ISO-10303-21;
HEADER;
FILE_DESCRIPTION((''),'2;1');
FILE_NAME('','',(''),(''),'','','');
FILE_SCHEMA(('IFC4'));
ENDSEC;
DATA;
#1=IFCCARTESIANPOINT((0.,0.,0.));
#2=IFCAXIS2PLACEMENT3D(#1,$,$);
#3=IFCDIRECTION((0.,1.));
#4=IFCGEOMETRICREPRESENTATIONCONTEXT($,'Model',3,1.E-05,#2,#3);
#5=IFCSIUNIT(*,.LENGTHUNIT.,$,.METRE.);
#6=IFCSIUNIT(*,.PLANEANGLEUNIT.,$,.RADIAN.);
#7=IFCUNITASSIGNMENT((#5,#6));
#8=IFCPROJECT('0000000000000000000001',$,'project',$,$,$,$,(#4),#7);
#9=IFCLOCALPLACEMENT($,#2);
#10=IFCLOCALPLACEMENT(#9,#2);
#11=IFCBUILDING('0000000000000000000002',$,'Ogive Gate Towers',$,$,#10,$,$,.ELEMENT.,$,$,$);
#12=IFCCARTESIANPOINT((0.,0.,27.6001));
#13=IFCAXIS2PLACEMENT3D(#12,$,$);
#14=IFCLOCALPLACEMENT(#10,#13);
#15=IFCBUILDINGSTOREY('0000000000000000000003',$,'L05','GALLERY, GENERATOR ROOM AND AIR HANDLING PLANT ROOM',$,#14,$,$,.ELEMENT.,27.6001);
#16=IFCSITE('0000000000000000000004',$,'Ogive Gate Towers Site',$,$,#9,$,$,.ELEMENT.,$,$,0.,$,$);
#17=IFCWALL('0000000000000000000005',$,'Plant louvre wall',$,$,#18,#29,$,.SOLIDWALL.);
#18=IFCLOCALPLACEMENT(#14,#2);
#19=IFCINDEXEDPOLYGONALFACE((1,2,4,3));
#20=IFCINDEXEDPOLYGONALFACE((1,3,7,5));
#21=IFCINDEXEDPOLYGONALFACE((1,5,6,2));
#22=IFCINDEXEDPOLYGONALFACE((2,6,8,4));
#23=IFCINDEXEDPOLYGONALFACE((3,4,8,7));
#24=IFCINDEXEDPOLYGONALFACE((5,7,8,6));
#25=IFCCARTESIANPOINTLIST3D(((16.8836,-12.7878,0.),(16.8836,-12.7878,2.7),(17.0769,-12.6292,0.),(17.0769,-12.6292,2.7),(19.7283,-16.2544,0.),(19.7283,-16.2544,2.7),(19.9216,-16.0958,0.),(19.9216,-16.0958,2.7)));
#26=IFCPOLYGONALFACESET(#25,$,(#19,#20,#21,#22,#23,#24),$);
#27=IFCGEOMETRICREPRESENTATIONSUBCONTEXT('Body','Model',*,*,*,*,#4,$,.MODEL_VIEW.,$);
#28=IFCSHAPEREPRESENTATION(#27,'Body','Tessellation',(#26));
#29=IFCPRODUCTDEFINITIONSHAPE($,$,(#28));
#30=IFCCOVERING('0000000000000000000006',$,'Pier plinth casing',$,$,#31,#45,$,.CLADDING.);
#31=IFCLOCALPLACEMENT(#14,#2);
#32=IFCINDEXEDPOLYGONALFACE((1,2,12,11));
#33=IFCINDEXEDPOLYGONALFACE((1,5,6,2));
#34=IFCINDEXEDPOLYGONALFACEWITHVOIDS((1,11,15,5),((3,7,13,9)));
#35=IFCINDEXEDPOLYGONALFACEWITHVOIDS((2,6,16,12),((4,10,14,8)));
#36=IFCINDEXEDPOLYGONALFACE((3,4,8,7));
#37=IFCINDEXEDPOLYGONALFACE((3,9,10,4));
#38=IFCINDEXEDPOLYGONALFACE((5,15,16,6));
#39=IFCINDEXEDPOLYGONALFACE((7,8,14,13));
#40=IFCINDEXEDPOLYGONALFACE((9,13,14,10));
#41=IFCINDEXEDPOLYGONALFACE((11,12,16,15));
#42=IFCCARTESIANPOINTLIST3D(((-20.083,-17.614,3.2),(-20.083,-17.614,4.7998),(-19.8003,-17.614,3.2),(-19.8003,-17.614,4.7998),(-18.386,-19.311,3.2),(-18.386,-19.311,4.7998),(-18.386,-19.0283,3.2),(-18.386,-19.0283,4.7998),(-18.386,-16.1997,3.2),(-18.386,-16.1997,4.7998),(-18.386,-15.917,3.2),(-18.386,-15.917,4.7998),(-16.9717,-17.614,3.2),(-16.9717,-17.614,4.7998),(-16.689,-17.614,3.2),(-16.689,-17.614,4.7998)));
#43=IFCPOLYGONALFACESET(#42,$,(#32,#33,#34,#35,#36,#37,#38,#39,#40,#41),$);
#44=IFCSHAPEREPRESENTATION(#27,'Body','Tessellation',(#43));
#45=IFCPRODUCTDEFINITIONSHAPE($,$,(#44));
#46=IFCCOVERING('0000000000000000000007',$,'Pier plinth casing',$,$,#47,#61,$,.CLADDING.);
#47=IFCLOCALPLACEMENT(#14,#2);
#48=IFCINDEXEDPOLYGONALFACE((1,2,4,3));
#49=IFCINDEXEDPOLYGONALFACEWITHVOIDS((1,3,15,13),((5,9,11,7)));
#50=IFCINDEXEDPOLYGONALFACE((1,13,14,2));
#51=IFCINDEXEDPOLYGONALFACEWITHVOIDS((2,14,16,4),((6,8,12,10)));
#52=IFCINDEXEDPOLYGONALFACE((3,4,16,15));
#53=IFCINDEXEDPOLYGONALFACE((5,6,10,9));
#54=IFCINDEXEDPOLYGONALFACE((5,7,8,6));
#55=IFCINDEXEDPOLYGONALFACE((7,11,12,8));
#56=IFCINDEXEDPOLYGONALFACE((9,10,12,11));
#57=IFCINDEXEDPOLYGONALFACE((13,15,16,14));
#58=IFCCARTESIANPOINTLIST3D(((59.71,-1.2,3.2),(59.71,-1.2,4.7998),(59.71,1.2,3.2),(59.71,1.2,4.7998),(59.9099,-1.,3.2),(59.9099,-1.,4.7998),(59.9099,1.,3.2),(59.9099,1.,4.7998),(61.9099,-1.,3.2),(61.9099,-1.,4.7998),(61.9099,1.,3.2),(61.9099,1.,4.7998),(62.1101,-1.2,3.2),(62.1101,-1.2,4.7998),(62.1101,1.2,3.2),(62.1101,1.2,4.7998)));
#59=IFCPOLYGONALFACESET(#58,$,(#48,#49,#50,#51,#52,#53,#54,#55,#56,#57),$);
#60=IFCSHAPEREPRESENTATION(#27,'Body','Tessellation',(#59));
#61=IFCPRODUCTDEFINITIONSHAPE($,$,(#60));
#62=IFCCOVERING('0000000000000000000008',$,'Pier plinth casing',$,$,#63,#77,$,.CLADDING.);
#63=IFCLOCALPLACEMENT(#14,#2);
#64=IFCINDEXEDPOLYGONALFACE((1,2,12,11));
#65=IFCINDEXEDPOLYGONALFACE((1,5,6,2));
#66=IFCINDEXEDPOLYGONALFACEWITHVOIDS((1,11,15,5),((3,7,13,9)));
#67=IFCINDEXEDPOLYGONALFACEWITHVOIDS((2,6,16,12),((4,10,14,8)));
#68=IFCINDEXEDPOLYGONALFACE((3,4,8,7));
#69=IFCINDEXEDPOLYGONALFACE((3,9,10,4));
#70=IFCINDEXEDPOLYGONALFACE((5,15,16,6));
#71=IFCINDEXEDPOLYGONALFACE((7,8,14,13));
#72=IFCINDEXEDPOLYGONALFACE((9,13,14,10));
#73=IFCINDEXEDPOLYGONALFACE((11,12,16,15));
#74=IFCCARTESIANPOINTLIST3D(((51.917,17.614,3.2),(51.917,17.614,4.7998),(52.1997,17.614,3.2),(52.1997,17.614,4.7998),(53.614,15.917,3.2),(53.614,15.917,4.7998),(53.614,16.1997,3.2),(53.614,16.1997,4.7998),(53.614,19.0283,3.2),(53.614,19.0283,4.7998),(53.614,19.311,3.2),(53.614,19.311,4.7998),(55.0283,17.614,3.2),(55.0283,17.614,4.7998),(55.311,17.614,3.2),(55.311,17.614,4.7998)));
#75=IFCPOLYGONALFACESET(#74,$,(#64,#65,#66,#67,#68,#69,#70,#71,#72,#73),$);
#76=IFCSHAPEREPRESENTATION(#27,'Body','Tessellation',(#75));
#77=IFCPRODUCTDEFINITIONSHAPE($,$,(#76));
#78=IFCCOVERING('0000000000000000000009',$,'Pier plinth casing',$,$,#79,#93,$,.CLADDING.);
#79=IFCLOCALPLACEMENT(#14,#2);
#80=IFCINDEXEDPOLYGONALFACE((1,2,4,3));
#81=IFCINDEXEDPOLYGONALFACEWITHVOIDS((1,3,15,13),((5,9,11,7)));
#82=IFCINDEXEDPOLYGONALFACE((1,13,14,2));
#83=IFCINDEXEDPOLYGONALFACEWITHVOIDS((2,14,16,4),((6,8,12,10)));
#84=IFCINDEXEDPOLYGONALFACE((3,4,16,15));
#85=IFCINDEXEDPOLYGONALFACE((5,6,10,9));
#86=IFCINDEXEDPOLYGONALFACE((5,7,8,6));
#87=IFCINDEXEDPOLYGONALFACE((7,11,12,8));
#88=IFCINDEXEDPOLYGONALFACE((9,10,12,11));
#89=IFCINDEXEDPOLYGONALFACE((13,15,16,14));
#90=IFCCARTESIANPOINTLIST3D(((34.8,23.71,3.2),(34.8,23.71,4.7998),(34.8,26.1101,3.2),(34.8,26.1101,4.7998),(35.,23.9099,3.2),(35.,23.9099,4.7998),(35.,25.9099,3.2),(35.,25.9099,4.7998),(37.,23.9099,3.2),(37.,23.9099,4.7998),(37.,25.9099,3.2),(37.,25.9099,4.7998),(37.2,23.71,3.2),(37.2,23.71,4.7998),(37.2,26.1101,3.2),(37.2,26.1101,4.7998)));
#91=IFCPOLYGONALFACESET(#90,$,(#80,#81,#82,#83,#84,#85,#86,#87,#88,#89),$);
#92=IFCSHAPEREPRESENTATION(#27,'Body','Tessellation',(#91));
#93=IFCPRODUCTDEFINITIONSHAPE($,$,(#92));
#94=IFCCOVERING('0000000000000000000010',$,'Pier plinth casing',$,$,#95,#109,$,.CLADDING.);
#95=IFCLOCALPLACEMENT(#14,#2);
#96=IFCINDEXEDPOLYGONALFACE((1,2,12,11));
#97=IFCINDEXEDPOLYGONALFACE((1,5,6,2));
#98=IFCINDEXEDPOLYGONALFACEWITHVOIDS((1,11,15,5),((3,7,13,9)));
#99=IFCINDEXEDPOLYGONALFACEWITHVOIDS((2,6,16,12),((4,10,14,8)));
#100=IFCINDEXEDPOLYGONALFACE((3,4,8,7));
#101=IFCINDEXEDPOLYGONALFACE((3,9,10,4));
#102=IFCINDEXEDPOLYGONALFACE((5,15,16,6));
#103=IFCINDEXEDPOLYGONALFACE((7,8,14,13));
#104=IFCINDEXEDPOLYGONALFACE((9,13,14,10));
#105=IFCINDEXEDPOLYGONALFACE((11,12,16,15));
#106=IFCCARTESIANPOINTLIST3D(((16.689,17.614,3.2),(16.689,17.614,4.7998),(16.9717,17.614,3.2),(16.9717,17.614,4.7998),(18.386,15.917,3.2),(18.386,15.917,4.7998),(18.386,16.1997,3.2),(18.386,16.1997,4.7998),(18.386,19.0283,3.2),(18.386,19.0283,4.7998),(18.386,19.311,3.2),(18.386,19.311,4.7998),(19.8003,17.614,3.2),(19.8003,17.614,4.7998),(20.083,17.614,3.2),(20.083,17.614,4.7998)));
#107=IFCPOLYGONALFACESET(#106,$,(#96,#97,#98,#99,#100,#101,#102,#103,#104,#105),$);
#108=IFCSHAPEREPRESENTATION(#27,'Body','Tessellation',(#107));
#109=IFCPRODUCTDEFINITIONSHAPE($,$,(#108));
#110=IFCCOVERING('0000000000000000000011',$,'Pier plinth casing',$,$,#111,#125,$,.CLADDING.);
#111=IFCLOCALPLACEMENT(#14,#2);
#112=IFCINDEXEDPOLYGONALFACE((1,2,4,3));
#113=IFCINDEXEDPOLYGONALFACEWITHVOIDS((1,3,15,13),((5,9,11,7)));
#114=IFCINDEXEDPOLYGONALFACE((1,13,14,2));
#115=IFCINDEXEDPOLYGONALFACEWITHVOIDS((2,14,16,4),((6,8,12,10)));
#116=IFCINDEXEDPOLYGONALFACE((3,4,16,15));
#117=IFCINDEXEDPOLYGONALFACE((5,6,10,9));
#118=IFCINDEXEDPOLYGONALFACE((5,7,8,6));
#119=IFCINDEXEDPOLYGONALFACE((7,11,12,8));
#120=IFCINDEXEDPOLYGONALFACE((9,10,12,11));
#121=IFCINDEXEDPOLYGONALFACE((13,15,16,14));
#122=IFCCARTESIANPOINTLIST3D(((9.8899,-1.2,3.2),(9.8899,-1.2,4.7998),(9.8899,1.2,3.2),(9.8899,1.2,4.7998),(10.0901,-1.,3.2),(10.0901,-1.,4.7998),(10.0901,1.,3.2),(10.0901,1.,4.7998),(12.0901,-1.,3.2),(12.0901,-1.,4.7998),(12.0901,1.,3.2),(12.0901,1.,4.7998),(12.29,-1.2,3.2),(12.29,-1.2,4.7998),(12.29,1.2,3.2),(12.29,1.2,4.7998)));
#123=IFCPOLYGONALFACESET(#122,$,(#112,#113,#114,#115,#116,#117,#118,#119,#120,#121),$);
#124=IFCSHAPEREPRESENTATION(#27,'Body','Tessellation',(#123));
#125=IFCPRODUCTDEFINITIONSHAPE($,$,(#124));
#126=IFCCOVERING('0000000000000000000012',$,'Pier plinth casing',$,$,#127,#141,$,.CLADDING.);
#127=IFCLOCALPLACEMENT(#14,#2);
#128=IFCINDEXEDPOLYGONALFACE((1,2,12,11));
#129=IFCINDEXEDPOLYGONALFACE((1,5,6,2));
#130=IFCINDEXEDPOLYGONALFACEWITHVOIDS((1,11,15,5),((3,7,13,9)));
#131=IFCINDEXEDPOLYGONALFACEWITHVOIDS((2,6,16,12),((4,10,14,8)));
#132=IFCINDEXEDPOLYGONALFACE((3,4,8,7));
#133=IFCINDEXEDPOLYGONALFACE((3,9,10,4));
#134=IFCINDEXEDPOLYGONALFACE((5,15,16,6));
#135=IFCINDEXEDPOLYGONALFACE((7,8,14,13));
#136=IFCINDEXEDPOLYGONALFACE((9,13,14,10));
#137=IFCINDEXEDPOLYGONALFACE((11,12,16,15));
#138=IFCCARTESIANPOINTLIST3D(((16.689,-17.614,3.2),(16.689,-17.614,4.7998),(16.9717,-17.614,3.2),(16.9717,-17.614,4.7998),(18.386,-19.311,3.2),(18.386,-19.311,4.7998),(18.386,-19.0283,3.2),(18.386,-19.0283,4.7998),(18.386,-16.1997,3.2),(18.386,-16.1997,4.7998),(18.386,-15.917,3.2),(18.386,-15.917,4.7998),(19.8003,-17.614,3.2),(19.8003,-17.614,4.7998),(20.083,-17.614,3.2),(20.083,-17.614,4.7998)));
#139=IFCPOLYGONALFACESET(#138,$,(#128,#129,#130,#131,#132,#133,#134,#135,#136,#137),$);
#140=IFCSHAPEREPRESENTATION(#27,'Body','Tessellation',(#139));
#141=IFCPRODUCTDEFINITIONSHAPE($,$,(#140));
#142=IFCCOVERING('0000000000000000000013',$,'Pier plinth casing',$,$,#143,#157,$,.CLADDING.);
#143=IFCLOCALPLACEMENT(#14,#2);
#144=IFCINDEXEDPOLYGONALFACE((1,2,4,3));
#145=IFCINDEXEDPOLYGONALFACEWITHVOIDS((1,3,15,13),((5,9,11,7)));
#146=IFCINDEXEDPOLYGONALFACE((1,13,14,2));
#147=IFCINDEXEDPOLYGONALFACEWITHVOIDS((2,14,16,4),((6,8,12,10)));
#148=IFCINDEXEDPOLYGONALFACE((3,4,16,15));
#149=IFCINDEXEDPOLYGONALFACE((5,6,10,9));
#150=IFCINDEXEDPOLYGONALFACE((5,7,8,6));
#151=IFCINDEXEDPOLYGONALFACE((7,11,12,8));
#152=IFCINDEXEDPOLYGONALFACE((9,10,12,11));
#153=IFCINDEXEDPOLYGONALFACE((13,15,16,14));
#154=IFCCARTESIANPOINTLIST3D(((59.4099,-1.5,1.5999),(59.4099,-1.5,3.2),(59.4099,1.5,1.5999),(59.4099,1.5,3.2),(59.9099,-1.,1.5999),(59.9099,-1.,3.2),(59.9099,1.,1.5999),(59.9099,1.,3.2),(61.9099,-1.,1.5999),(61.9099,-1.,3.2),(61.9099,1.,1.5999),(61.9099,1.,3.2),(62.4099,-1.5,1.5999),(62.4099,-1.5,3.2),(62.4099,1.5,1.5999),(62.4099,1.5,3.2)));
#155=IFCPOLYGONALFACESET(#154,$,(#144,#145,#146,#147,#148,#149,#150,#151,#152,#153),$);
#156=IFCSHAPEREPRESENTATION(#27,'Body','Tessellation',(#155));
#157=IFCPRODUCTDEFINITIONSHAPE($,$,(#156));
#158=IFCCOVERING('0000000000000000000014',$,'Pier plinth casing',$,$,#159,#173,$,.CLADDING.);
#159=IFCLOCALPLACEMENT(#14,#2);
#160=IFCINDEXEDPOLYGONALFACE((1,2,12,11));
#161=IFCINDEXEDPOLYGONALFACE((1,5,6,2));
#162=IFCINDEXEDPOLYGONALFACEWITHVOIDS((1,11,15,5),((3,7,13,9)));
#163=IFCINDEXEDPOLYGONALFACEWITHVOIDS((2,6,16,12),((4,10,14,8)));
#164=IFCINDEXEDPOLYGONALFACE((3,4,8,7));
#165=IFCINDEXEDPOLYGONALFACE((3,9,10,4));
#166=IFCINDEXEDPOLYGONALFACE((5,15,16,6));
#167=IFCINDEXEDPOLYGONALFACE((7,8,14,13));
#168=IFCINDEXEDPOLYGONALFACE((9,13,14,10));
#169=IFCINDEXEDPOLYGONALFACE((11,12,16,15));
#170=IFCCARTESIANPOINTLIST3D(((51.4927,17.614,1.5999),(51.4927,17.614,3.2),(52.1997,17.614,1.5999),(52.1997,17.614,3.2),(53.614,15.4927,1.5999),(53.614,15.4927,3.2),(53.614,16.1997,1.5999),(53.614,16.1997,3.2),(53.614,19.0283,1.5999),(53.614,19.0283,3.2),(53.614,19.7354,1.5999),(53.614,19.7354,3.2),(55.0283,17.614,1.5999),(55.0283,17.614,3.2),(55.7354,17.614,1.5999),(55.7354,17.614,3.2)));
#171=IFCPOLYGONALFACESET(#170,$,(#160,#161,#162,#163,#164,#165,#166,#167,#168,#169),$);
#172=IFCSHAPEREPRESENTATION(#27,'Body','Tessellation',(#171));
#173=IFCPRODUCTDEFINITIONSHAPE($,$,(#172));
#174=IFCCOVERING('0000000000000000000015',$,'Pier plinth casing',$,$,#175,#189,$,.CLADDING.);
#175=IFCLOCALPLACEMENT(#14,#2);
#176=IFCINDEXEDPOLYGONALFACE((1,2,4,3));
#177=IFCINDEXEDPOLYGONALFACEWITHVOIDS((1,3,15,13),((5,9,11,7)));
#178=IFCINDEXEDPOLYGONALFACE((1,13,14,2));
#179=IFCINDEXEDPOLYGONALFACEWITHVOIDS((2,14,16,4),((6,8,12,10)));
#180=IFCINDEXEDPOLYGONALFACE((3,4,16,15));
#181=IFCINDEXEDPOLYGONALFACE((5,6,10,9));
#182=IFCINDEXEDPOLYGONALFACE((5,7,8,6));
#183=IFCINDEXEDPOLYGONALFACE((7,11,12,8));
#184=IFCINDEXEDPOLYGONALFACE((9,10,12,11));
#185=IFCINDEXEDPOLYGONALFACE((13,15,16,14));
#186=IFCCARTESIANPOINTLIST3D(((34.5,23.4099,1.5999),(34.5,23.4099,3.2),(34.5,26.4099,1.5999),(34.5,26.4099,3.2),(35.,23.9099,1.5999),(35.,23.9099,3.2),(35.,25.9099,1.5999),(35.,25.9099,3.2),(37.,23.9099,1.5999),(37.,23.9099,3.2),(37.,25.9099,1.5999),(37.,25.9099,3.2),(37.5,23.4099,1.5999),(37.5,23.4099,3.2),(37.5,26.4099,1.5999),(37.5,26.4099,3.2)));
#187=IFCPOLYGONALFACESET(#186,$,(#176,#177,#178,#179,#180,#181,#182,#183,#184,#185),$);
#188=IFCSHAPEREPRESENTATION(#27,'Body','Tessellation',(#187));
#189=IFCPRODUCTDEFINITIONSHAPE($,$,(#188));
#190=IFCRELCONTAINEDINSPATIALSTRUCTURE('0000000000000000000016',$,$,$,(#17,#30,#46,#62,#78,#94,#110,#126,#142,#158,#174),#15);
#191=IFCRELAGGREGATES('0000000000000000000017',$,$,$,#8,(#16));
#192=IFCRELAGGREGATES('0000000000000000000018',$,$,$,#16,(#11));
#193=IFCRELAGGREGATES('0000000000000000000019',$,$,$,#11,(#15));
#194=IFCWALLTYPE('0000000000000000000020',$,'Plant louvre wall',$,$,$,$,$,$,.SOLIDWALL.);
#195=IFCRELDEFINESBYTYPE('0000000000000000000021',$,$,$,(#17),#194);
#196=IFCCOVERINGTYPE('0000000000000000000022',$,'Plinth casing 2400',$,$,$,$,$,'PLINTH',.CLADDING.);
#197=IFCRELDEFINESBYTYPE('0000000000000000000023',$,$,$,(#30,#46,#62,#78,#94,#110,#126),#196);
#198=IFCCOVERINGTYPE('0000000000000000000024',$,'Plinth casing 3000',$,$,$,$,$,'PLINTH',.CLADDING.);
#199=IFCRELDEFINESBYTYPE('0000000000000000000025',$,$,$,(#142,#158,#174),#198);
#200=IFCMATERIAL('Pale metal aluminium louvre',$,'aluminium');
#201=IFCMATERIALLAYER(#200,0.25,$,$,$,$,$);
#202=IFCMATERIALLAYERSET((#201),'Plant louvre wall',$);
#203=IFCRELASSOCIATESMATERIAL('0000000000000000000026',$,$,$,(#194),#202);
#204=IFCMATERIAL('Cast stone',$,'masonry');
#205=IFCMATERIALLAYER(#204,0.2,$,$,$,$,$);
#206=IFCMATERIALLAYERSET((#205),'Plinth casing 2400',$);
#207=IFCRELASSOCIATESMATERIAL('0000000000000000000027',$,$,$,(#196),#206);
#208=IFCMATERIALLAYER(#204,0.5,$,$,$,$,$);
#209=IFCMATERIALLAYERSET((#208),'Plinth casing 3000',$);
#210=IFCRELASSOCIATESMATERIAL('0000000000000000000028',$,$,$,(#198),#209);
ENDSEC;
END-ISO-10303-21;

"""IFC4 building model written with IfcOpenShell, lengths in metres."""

from ifc_helpers import new_model, si_unit, direction, frame, frame_2d, origin, place, context, subcontext, project, spatial, polyline, rectangle, outline, extrude, material, layer, layer_set, type_object, element, save


model = new_model("IFC4")

# Units and contexts
model_context = context("Model", 3, precision=1e-05, world=origin(), true_north=direction((0.0, 1.0)))
body_context = subcontext(model_context, "Body", "Model", "MODEL_VIEW")
ifc_project = project(units=[si_unit("LENGTHUNIT", "METRE"), si_unit("PLANEANGLEUNIT", "RADIAN")], contexts=[model_context])

# Site, building, storey
site_placement = place(None, origin())
site = spatial("IfcSite", under=ifc_project, at=site_placement, Name="Ogive Gate Towers Site", CompositionType="ELEMENT", RefElevation=0.0)
building_placement = place(site_placement, origin())
building = spatial("IfcBuilding", under=site, at=building_placement, Name="Ogive Gate Towers", CompositionType="ELEMENT")
storey_placement = place(building_placement, frame((0.0, 0.0, 27.6001)))
storey = spatial("IfcBuildingStorey", under=building, at=storey_placement, Name="L05", Description="GALLERY, GENERATOR ROOM AND AIR HANDLING PLANT ROOM", CompositionType="ELEMENT", Elevation=27.6001)

# Wall
ifc_material_1 = material(Name="Pale metal aluminium louvre", Category="aluminium")
ifc_layer_1 = layer(ifc_material_1, 0.25)
ifc_layer_set_1 = layer_set([ifc_layer_1], Name="Plant louvre wall")
wall_type_1 = type_object("IfcWallType", Name="Plant louvre wall", PredefinedType="SOLIDWALL", material=ifc_layer_set_1)
wall_1_placement = place(storey_placement, frame((16.9802, -12.7085, 0.0), z_axis=(0.0, 0.0, 1.0), x_axis=(0.634367, -0.773032, 0.0)))
element("IfcWall", 1, at=wall_1_placement, inside=storey, type_object=wall_type_1, Name="Plant louvre wall", PredefinedType="SOLIDWALL", context=body_context, shape_type="SweptSolid", body=[
    extrude(rectangle(XDim=4.4844, YDim=0.25, at=frame_2d((2.2422, 0.0))), origin(), (0.0, 0.0, 1.0), 2.7),
])

# Coverings
ifc_material_2 = material(Name="Cast stone", Category="masonry")
ifc_layer_2 = layer(ifc_material_2, 0.2)
ifc_layer_set_2 = layer_set([ifc_layer_2], Name="Plinth casing 2400")
covering_type_1 = type_object("IfcCoveringType", Name="Plinth casing 2400", ElementType="PLINTH", PredefinedType="CLADDING", material=ifc_layer_set_2)
covering_1_placement = place(storey_placement, frame((0.0, 0.0, 3.2)))
element("IfcCovering", 2, at=covering_1_placement, inside=storey, type_object=covering_type_1, Name="Pier plinth casing", PredefinedType="CLADDING", context=body_context, shape_type="SweptSolid", body=[
    extrude(outline(polyline([(-20.083, -17.614), (-18.386, -19.311), (-16.689, -17.614), (-18.386, -15.917), (-20.083, -17.614)]), holes=[polyline([(-19.8003, -17.614), (-18.386, -16.1997), (-16.9717, -17.614), (-18.386, -19.0283), (-19.8003, -17.614)])]), origin(), (0.0, 0.0, 1.0), 1.5999),
])
covering_2_placement = place(storey_placement, frame((0.0, 0.0, 3.2)))
element("IfcCovering", 3, at=covering_2_placement, inside=storey, type_object=covering_type_1, Name="Pier plinth casing", PredefinedType="CLADDING", context=body_context, shape_type="SweptSolid", body=[
    extrude(outline(polyline([(59.71, -1.2), (62.1101, -1.2), (62.1101, 1.2), (59.71, 1.2), (59.71, -1.2)]), holes=[polyline([(59.9099, -1.0), (59.9099, 1.0), (61.9099, 1.0), (61.9099, -1.0), (59.9099, -1.0)])]), origin(), (0.0, 0.0, 1.0), 1.5999),
])
covering_3_placement = place(storey_placement, frame((0.0, 0.0, 3.2)))
element("IfcCovering", 4, at=covering_3_placement, inside=storey, type_object=covering_type_1, Name="Pier plinth casing", PredefinedType="CLADDING", context=body_context, shape_type="SweptSolid", body=[
    extrude(outline(polyline([(53.614, 15.917), (55.311, 17.614), (53.614, 19.311), (51.917, 17.614), (53.614, 15.917)]), holes=[polyline([(53.614, 16.1997), (52.1997, 17.614), (53.614, 19.0283), (55.0283, 17.614), (53.614, 16.1997)])]), origin(), (0.0, 0.0, 1.0), 1.5999),
])
covering_4_placement = place(storey_placement, frame((0.0, 0.0, 3.2)))
element("IfcCovering", 5, at=covering_4_placement, inside=storey, type_object=covering_type_1, Name="Pier plinth casing", PredefinedType="CLADDING", context=body_context, shape_type="SweptSolid", body=[
    extrude(outline(polyline([(37.2, 23.71), (37.2, 26.1101), (34.8, 26.1101), (34.8, 23.71), (37.2, 23.71)]), holes=[polyline([(37.0, 23.9099), (35.0, 23.9099), (35.0, 25.9099), (37.0, 25.9099), (37.0, 23.9099)])]), origin(), (0.0, 0.0, 1.0), 1.5999),
])
covering_5_placement = place(storey_placement, frame((0.0, 0.0, 3.2)))
element("IfcCovering", 6, at=covering_5_placement, inside=storey, type_object=covering_type_1, Name="Pier plinth casing", PredefinedType="CLADDING", context=body_context, shape_type="SweptSolid", body=[
    extrude(outline(polyline([(20.083, 17.614), (18.386, 19.311), (16.689, 17.614), (18.386, 15.917), (20.083, 17.614)]), holes=[polyline([(19.8003, 17.614), (18.386, 16.1997), (16.9717, 17.614), (18.386, 19.0283), (19.8003, 17.614)])]), origin(), (0.0, 0.0, 1.0), 1.5999),
])
covering_6_placement = place(storey_placement, frame((0.0, 0.0, 3.2)))
element("IfcCovering", 7, at=covering_6_placement, inside=storey, type_object=covering_type_1, Name="Pier plinth casing", PredefinedType="CLADDING", context=body_context, shape_type="SweptSolid", body=[
    extrude(outline(polyline([(12.29, 1.2), (9.8899, 1.2), (9.8899, -1.2), (12.29, -1.2), (12.29, 1.2)]), holes=[polyline([(12.0901, 1.0), (12.0901, -1.0), (10.0901, -1.0), (10.0901, 1.0), (12.0901, 1.0)])]), origin(), (0.0, 0.0, 1.0), 1.5999),
])
covering_7_placement = place(storey_placement, frame((0.0, 0.0, 3.2)))
element("IfcCovering", 8, at=covering_7_placement, inside=storey, type_object=covering_type_1, Name="Pier plinth casing", PredefinedType="CLADDING", context=body_context, shape_type="SweptSolid", body=[
    extrude(outline(polyline([(18.386, -15.917), (16.689, -17.614), (18.386, -19.311), (20.083, -17.614), (18.386, -15.917)]), holes=[polyline([(18.386, -16.1997), (19.8003, -17.614), (18.386, -19.0283), (16.9717, -17.614), (18.386, -16.1997)])]), origin(), (0.0, 0.0, 1.0), 1.5999),
])
ifc_layer_3 = layer(ifc_material_2, 0.5)
ifc_layer_set_3 = layer_set([ifc_layer_3], Name="Plinth casing 3000")
covering_type_2 = type_object("IfcCoveringType", Name="Plinth casing 3000", ElementType="PLINTH", PredefinedType="CLADDING", material=ifc_layer_set_3)
covering_8_placement = place(storey_placement, frame((0.0, 0.0, 1.5999)))
element("IfcCovering", 9, at=covering_8_placement, inside=storey, type_object=covering_type_2, Name="Pier plinth casing", PredefinedType="CLADDING", context=body_context, shape_type="SweptSolid", body=[
    extrude(outline(polyline([(59.4099, -1.5), (62.4099, -1.5), (62.4099, 1.5), (59.4099, 1.5), (59.4099, -1.5)]), holes=[polyline([(59.9099, -1.0), (59.9099, 1.0), (61.9099, 1.0), (61.9099, -1.0), (59.9099, -1.0)])]), origin(), (0.0, 0.0, 1.0), 1.6001),
])
covering_9_placement = place(storey_placement, frame((0.0, 0.0, 1.5999)))
element("IfcCovering", 10, at=covering_9_placement, inside=storey, type_object=covering_type_2, Name="Pier plinth casing", PredefinedType="CLADDING", context=body_context, shape_type="SweptSolid", body=[
    extrude(outline(polyline([(53.614, 15.4927), (55.7354, 17.614), (53.614, 19.7354), (51.4927, 17.614), (53.614, 15.4927)]), holes=[polyline([(53.614, 16.1997), (52.1997, 17.614), (53.614, 19.0283), (55.0283, 17.614), (53.614, 16.1997)])]), origin(), (0.0, 0.0, 1.0), 1.6001),
])
covering_10_placement = place(storey_placement, frame((0.0, 0.0, 1.5999)))
element("IfcCovering", 11, at=covering_10_placement, inside=storey, type_object=covering_type_2, Name="Pier plinth casing", PredefinedType="CLADDING", context=body_context, shape_type="SweptSolid", body=[
    extrude(outline(polyline([(37.5, 23.4099), (37.5, 26.4099), (34.5, 26.4099), (34.5, 23.4099), (37.5, 23.4099)]), holes=[polyline([(37.0, 23.9099), (35.0, 23.9099), (35.0, 25.9099), (37.0, 25.9099), (37.0, 23.9099)])]), origin(), (0.0, 0.0, 1.0), 1.6001),
])

save(model, "model.ifc")
